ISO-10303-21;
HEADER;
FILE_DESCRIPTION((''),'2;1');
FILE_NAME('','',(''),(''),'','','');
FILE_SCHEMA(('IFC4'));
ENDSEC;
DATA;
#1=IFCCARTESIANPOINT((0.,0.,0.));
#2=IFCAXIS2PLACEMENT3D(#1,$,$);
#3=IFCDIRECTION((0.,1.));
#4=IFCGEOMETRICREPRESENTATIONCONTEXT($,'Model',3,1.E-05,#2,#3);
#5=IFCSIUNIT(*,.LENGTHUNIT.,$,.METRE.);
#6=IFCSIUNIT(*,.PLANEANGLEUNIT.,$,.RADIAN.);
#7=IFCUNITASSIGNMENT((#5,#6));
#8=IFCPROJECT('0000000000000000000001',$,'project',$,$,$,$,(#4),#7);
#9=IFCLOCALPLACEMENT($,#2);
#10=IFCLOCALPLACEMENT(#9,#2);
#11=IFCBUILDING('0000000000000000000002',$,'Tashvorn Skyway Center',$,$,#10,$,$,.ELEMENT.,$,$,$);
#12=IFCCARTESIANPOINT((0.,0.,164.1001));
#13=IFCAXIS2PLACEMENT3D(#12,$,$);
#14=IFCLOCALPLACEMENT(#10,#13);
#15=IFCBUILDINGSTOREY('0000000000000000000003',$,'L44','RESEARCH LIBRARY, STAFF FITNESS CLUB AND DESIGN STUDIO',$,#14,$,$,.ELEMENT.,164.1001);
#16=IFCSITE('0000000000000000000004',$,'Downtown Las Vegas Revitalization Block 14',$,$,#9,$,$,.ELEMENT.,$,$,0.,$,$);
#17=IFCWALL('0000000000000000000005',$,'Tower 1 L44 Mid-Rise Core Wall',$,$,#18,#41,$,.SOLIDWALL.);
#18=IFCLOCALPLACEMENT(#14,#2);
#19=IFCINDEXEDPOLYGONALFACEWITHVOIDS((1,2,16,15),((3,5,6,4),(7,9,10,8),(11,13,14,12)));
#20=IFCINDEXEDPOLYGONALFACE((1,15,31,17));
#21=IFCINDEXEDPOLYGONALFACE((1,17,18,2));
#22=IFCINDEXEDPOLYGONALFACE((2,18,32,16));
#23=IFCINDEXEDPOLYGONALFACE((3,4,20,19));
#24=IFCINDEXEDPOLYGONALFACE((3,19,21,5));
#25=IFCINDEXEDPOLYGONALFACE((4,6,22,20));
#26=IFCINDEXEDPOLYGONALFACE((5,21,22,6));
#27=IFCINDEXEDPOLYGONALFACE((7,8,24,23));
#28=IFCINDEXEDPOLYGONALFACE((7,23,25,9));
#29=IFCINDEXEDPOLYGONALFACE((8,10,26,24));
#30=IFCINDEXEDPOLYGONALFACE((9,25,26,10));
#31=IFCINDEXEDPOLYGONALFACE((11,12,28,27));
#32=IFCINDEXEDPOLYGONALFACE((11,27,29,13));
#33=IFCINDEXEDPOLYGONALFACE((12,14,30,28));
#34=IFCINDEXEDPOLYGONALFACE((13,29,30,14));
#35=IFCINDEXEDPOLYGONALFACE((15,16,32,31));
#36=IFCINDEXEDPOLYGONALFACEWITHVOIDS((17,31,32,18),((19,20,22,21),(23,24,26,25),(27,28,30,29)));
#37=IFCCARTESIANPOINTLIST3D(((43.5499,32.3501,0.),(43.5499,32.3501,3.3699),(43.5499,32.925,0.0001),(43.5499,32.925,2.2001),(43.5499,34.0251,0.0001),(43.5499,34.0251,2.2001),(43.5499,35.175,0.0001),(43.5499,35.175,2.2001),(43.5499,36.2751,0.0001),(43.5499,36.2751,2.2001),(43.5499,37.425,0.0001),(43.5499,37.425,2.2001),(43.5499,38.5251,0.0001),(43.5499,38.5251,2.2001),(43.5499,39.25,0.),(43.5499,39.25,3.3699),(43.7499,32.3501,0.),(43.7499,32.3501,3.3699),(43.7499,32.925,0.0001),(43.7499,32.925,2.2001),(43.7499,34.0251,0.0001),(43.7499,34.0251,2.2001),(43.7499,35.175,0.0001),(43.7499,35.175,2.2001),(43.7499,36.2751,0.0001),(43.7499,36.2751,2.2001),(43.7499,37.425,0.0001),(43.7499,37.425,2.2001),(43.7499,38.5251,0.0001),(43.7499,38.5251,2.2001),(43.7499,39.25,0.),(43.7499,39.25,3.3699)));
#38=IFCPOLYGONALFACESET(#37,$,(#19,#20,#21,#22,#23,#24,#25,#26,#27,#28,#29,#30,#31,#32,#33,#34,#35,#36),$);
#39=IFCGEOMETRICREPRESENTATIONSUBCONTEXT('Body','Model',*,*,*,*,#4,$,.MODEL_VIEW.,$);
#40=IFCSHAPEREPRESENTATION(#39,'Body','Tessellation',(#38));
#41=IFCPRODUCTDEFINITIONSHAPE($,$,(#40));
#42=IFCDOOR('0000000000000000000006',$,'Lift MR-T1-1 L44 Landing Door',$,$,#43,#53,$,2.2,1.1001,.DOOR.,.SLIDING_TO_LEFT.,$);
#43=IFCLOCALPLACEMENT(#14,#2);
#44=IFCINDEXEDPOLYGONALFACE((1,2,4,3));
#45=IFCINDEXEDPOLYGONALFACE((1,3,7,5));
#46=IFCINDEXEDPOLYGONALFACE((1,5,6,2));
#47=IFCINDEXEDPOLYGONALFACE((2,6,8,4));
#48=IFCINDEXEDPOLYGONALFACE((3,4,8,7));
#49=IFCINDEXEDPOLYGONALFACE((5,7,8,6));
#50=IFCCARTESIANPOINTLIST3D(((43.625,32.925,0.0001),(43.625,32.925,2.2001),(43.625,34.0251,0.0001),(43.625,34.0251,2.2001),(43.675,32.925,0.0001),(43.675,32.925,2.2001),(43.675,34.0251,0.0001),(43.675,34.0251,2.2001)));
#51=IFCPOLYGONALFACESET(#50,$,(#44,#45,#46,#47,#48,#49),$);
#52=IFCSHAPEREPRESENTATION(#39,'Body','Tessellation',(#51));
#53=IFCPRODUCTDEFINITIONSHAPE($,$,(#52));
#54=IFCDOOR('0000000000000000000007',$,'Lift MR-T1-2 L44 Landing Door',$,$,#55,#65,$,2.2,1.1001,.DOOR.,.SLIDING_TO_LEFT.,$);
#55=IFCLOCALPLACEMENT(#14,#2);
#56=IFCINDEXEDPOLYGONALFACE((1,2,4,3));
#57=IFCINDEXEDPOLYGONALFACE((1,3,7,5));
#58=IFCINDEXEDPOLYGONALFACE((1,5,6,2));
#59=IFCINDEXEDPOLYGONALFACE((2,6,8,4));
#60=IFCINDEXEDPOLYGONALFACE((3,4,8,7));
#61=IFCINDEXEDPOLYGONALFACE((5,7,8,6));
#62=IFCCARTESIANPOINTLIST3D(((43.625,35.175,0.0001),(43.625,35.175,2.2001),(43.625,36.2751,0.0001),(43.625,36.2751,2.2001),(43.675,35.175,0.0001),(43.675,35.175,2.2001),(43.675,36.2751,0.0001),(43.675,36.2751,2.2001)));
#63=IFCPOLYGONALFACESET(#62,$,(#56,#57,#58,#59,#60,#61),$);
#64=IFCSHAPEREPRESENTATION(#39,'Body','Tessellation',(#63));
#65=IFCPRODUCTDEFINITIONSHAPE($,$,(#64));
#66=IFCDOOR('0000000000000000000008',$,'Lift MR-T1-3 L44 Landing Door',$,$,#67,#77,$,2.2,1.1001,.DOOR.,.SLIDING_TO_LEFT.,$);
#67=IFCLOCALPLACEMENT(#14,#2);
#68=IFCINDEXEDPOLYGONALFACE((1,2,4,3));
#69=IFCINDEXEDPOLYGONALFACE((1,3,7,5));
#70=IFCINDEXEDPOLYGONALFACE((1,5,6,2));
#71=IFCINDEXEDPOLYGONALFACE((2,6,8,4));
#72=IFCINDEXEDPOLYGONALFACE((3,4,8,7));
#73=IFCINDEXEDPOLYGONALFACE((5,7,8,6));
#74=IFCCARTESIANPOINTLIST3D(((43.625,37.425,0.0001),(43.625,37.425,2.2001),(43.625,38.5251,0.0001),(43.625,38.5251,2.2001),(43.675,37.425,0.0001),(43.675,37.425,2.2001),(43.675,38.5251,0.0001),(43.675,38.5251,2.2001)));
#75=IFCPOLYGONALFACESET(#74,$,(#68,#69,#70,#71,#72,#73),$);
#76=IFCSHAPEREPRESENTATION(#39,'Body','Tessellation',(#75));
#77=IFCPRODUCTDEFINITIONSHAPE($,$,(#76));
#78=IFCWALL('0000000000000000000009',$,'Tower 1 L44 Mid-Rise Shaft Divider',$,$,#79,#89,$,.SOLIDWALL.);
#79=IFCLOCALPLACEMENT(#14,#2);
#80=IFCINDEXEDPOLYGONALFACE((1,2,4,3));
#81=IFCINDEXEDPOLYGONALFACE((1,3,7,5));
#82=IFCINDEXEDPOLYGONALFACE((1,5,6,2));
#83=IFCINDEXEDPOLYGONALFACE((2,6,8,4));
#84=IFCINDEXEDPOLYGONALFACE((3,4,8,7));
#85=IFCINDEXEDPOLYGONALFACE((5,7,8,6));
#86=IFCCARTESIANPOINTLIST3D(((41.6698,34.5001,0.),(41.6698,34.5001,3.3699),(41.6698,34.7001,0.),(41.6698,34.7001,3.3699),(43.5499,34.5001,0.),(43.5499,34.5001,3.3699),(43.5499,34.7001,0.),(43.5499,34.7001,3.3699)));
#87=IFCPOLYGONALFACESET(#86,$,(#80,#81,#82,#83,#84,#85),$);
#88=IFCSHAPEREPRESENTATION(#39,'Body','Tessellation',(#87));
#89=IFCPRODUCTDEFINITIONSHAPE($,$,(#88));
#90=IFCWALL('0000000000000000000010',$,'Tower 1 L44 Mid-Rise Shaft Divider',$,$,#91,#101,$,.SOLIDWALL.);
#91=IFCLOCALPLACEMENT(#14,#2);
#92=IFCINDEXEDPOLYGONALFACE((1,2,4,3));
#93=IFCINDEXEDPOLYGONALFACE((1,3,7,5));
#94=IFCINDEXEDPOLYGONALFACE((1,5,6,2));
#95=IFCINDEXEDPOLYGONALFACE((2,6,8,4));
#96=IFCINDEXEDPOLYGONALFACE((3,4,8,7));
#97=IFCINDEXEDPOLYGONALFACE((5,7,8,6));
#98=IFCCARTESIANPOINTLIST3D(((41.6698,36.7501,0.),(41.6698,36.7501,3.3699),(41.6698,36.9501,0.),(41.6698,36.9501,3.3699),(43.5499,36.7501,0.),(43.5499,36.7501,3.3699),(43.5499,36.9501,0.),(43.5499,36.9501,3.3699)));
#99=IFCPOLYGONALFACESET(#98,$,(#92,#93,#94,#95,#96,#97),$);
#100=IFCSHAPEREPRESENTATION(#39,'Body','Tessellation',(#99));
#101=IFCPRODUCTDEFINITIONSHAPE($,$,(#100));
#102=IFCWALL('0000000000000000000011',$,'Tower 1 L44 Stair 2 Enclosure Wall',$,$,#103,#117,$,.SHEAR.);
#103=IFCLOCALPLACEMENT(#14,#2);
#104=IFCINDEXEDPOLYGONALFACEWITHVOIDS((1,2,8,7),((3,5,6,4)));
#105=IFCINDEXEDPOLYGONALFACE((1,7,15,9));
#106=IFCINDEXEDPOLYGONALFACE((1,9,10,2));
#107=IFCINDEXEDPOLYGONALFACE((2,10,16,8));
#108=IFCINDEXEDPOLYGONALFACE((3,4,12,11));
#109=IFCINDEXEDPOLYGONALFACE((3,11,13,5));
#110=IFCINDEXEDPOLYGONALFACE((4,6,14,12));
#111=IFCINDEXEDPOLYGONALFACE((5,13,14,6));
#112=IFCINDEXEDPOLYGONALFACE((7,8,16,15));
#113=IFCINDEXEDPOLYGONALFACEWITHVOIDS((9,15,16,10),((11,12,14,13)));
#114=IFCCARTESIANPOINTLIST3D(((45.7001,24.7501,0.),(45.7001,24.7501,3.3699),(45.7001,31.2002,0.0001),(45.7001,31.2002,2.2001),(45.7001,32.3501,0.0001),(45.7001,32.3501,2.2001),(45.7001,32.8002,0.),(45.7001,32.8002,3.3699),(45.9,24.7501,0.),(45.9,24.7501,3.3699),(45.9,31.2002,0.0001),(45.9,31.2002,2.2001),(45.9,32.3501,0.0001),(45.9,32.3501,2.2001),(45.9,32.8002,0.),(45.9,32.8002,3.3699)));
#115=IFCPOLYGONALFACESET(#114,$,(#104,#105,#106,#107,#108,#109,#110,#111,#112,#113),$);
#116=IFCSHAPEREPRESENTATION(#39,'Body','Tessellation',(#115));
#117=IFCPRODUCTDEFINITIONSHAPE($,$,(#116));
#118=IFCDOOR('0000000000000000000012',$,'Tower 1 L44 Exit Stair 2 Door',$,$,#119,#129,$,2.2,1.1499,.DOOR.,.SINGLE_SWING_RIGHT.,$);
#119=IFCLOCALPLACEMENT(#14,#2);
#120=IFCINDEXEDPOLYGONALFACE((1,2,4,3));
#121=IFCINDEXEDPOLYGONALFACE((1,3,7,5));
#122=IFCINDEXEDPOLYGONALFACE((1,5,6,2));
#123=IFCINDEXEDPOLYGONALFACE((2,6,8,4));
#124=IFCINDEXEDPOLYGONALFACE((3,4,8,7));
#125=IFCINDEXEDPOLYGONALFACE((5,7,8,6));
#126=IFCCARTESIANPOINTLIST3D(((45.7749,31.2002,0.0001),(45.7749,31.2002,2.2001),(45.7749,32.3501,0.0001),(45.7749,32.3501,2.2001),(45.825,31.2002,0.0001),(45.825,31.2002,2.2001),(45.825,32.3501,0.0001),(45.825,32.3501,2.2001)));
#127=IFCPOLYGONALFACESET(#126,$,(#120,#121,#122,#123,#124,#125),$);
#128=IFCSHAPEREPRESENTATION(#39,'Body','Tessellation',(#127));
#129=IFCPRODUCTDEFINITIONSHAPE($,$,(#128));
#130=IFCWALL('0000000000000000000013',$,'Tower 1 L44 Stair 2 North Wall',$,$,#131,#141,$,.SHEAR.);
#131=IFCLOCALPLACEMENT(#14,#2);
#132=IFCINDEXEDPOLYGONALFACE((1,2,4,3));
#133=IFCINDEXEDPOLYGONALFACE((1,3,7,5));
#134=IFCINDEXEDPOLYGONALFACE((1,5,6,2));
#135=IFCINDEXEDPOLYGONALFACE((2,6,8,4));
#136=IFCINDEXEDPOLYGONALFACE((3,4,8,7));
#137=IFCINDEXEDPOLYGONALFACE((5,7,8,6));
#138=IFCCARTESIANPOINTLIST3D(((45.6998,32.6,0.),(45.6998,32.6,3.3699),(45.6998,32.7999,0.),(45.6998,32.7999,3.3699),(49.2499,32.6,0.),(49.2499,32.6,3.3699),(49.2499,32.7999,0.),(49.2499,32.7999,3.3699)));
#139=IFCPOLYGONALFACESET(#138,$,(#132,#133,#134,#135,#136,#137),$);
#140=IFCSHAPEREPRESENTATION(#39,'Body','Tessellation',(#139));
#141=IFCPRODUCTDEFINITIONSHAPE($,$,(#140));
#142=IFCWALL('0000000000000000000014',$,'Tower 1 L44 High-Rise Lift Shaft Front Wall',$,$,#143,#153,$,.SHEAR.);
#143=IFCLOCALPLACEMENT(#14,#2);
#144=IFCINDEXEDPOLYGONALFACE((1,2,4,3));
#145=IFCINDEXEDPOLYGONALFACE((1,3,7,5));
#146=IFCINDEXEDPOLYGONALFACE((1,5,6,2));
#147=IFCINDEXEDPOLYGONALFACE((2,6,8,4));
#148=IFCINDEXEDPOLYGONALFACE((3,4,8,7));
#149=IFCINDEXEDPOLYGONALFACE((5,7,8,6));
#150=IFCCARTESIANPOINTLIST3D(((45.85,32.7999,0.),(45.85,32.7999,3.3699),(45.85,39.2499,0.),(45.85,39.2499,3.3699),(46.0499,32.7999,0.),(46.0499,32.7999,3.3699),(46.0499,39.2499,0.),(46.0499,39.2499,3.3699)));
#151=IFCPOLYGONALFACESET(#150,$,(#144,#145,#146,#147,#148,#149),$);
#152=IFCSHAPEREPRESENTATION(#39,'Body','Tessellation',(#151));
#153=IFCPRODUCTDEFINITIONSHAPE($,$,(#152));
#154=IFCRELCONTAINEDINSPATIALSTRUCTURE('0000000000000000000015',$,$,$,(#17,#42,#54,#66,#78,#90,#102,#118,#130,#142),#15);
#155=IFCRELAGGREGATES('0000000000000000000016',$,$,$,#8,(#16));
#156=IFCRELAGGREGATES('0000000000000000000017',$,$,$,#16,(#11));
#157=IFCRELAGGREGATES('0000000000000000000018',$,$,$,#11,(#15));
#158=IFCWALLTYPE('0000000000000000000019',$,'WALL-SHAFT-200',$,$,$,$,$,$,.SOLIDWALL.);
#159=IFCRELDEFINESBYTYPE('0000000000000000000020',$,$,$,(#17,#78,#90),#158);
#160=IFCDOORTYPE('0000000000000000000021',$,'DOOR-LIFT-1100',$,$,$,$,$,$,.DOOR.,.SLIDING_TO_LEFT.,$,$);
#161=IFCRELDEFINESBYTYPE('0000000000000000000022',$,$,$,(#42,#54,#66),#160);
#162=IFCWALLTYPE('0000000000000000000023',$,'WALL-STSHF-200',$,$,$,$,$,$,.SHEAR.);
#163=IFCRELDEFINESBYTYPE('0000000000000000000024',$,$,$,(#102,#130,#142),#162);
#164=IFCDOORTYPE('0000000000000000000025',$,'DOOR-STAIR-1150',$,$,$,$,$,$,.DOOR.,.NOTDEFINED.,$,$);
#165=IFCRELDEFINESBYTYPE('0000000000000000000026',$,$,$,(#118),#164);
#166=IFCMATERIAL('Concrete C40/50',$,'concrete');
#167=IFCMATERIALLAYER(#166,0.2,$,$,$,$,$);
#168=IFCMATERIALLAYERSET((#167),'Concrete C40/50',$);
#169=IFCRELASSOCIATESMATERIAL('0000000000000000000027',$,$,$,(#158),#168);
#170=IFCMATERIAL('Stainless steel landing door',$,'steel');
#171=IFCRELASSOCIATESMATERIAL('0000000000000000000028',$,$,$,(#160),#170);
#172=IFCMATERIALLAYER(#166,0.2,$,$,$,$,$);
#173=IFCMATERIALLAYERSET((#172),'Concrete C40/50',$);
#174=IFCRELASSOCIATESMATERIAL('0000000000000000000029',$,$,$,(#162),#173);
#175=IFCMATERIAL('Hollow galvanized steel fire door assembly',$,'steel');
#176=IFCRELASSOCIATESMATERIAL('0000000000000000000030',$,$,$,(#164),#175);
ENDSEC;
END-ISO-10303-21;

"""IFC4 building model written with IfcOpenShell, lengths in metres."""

from ifc_helpers import new_model, si_unit, direction, frame, frame_2d, origin, place, context, subcontext, project, spatial, rectangle, extrude, material, layer, layer_set, type_object, element, fill, save


model = new_model("IFC4")

# Units and contexts
model_context = context("Model", 3, precision=1e-05, world=origin(), true_north=direction((0.0, 1.0)))
body_context = subcontext(model_context, "Body", "Model", "MODEL_VIEW")
ifc_project = project(units=[si_unit("LENGTHUNIT", "METRE"), si_unit("PLANEANGLEUNIT", "RADIAN")], contexts=[model_context])

# Site, building, storey
site_placement = place(None, origin())
site = spatial("IfcSite", under=ifc_project, at=site_placement, Name="Downtown Las Vegas Revitalization Block 14", CompositionType="ELEMENT", RefElevation=0.0)
building_placement = place(site_placement, origin())
building = spatial("IfcBuilding", under=site, at=building_placement, Name="Tashvorn Skyway Center", CompositionType="ELEMENT")
storey_placement = place(building_placement, frame((0.0, 0.0, 164.1001)))
storey = spatial("IfcBuildingStorey", under=building, at=storey_placement, Name="L44", Description="RESEARCH LIBRARY, STAFF FITNESS CLUB AND DESIGN STUDIO", CompositionType="ELEMENT", Elevation=164.1001)

# Shared definitions
ifc_material_1 = material(Name="Concrete C40/50", Category="concrete")

# Shared definitions
ifc_material_2 = material(Name="Hollow galvanized steel fire door assembly", Category="steel")

# Shared definitions
ifc_layer_1 = layer(ifc_material_1, 0.2)
ifc_layer_set_1 = layer_set([ifc_layer_1], Name="Concrete C40/50")
wall_type_1 = type_object("IfcWallType", Name="WALL-SHAFT-200", PredefinedType="SOLIDWALL", material=ifc_layer_set_1)

# Wall, openings, doors
wall_1_placement = place(storey_placement, frame((43.6499, 32.3501, 0.0), z_axis=(0.0, 0.0, 1.0), x_axis=(0.0, 1.0, 0.0)))
wall_1 = element("IfcWall", 1, at=wall_1_placement, inside=storey, type_object=wall_type_1, Name="Tower 1 L44 Mid-Rise Core Wall", PredefinedType="SOLIDWALL", context=body_context, shape_type="SweptSolid", body=[
    extrude(rectangle(XDim=6.8999, YDim=0.2, at=frame_2d((3.45, 0.0))), origin(), (0.0, 0.0, 1.0), 3.3699),
])
opening_1_placement = place(wall_1_placement, frame((0.575, 0.0, 0.0)))
opening_1 = element("IfcOpeningElement", 2, at=opening_1_placement, cuts=wall_1, PredefinedType="OPENING", context=body_context, shape_type="SweptSolid", body=[
    extrude(rectangle(XDim=1.1001, YDim=2.2, at=frame_2d((0.55, 1.1001))), frame((0.0, 0.1099, 0.0), z_axis=(0.0, -1.0, 0.0), x_axis=(1.0, 0.0, 0.0)), (0.0, 0.0, 1.0), 0.22),
])
opening_2_placement = place(wall_1_placement, frame((2.825, 0.0, 0.0)))
opening_2 = element("IfcOpeningElement", 3, at=opening_2_placement, cuts=wall_1, PredefinedType="OPENING", context=body_context, shape_type="SweptSolid", body=[
    extrude(rectangle(XDim=1.1001, YDim=2.2, at=frame_2d((0.55, 1.1001))), frame((0.0, 0.1099, 0.0), z_axis=(0.0, -1.0, 0.0), x_axis=(1.0, 0.0, 0.0)), (0.0, 0.0, 1.0), 0.22),
])
opening_3_placement = place(wall_1_placement, frame((5.075, 0.0, 0.0)))
opening_3 = element("IfcOpeningElement", 4, at=opening_3_placement, cuts=wall_1, PredefinedType="OPENING", context=body_context, shape_type="SweptSolid", body=[
    extrude(rectangle(XDim=1.1001, YDim=2.2, at=frame_2d((0.55, 1.1001))), frame((0.0, 0.1099, 0.0), z_axis=(0.0, -1.0, 0.0), x_axis=(1.0, 0.0, 0.0)), (0.0, 0.0, 1.0), 0.22),
])
ifc_material_3 = material(Name="Stainless steel landing door", Category="steel")
door_type_1 = type_object("IfcDoorType", Name="DOOR-LIFT-1100", OperationType="SLIDING_TO_LEFT", PredefinedType="DOOR", material=ifc_material_3)
door_1_placement = place(opening_1_placement, origin())
door_1 = element("IfcDoor", 5, at=door_1_placement, inside=storey, type_object=door_type_1, Name="Lift MR-T1-1 L44 Landing Door", OperationType="SLIDING_TO_LEFT", OverallHeight=2.2, OverallWidth=1.1001, PredefinedType="DOOR", context=body_context, shape_type="SweptSolid", body=[
    extrude(rectangle(XDim=1.1001, YDim=2.2, at=frame_2d((0.55, 1.1001))), frame((0.0, 0.0249, 0.0), z_axis=(0.0, -1.0, 0.0), x_axis=(1.0, 0.0, 0.0)), (0.0, 0.0, 1.0), 0.05),
])
fill(opening_1, door_1)
door_2_placement = place(opening_2_placement, origin())
door_2 = element("IfcDoor", 6, at=door_2_placement, inside=storey, type_object=door_type_1, Name="Lift MR-T1-2 L44 Landing Door", OperationType="SLIDING_TO_LEFT", OverallHeight=2.2, OverallWidth=1.1001, PredefinedType="DOOR", context=body_context, shape_type="SweptSolid", body=[
    extrude(rectangle(XDim=1.1001, YDim=2.2, at=frame_2d((0.55, 1.1001))), frame((0.0, 0.0249, 0.0), z_axis=(0.0, -1.0, 0.0), x_axis=(1.0, 0.0, 0.0)), (0.0, 0.0, 1.0), 0.05),
])
fill(opening_2, door_2)
door_3_placement = place(opening_3_placement, origin())
door_3 = element("IfcDoor", 7, at=door_3_placement, inside=storey, type_object=door_type_1, Name="Lift MR-T1-3 L44 Landing Door", OperationType="SLIDING_TO_LEFT", OverallHeight=2.2, OverallWidth=1.1001, PredefinedType="DOOR", context=body_context, shape_type="SweptSolid", body=[
    extrude(rectangle(XDim=1.1001, YDim=2.2, at=frame_2d((0.55, 1.1001))), frame((0.0, 0.0249, 0.0), z_axis=(0.0, -1.0, 0.0), x_axis=(1.0, 0.0, 0.0)), (0.0, 0.0, 1.0), 0.05),
])
fill(opening_3, door_3)

# Walls
for number, where, z_axis, x_axis, name in (
    (8, (41.6699, 34.6001, 0.0), (0.0, 0.0, 1.0), (1.0, 0.0, 0.0), "Tower 1 L44 Mid-Rise Shaft Divider"),
    (9, (41.6699, 36.8501, 0.0), (0.0, 0.0, 1.0), (1.0, 0.0, 0.0), "Tower 1 L44 Mid-Rise Shaft Divider"),
):
    element("IfcWall", number, at=place(storey_placement, frame(where, z_axis=z_axis, x_axis=x_axis)), inside=storey, type_object=wall_type_1, Name=name, PredefinedType="SOLIDWALL", context=body_context, shape_type="SweptSolid", body=[
        extrude(rectangle(XDim=1.8801, YDim=0.2, at=frame_2d((0.9399, 0.0))), origin(), (0.0, 0.0, 1.0), 3.3699),
    ])

# Wall, opening, door
ifc_layer_2 = layer(ifc_material_1, 0.2)
ifc_layer_set_2 = layer_set([ifc_layer_2], Name="Concrete C40/50")
wall_type_2 = type_object("IfcWallType", Name="WALL-STSHF-200", PredefinedType="SHEAR", material=ifc_layer_set_2)
wall_2_placement = place(storey_placement, frame((45.8, 32.8, 0.0), z_axis=(0.0, 0.0, 1.0), x_axis=(0.0, -1.0, 0.0)))
wall_2 = element("IfcWall", 10, at=wall_2_placement, inside=storey, type_object=wall_type_2, Name="Tower 1 L44 Stair 2 Enclosure Wall", PredefinedType="SHEAR", context=body_context, shape_type="SweptSolid", body=[
    extrude(rectangle(XDim=8.05, YDim=0.2, at=frame_2d((4.0249, 0.0))), origin(), (0.0, 0.0, 1.0), 3.3699),
])
opening_4_placement = place(wall_2_placement, frame((0.45, 0.0, 0.0)))
opening_4 = element("IfcOpeningElement", 11, at=opening_4_placement, cuts=wall_2, PredefinedType="OPENING", context=body_context, shape_type="SweptSolid", body=[
    extrude(rectangle(XDim=1.1499, YDim=2.2, at=frame_2d((0.575, 1.1001))), frame((0.0, 0.1099, 0.0), z_axis=(0.0, -1.0, 0.0), x_axis=(1.0, 0.0, 0.0)), (0.0, 0.0, 1.0), 0.22),
])
door_type_2 = type_object("IfcDoorType", Name="DOOR-STAIR-1150", OperationType="NOTDEFINED", PredefinedType="DOOR", material=ifc_material_2)
door_4_placement = place(opening_4_placement, origin())
door_4 = element("IfcDoor", 12, at=door_4_placement, inside=storey, type_object=door_type_2, Name="Tower 1 L44 Exit Stair 2 Door", OperationType="SINGLE_SWING_RIGHT", OverallHeight=2.2, OverallWidth=1.1499, PredefinedType="DOOR", context=body_context, shape_type="SweptSolid", body=[
    extrude(rectangle(XDim=1.1499, YDim=2.2, at=frame_2d((0.575, 1.1001))), frame((0.0, 0.0249, 0.0), z_axis=(0.0, -1.0, 0.0), x_axis=(1.0, 0.0, 0.0)), (0.0, 0.0, 1.0), 0.05),
])
fill(opening_4, door_4)

# Walls
wall_3_placement = place(storey_placement, frame((45.7, 32.7, 0.0), z_axis=(0.0, 0.0, 1.0), x_axis=(1.0, 0.0, 0.0)))
element("IfcWall", 13, at=wall_3_placement, inside=storey, type_object=wall_type_2, Name="Tower 1 L44 Stair 2 North Wall", PredefinedType="SHEAR", context=body_context, shape_type="SweptSolid", body=[
    extrude(rectangle(XDim=3.55, YDim=0.2, at=frame_2d((1.7749, 0.0))), origin(), (0.0, 0.0, 1.0), 3.3699),
])
wall_4_placement = place(storey_placement, frame((45.95, 39.25, 0.0), z_axis=(0.0, 0.0, 1.0), x_axis=(0.0, -1.0, 0.0)))
element("IfcWall", 14, at=wall_4_placement, inside=storey, type_object=wall_type_2, Name="Tower 1 L44 High-Rise Lift Shaft Front Wall", PredefinedType="SHEAR", context=body_context, shape_type="SweptSolid", body=[
    extrude(rectangle(XDim=6.45, YDim=0.2, at=frame_2d((3.2251, 0.0))), origin(), (0.0, 0.0, 1.0), 3.3699),
])

save(model, "model.ifc")
